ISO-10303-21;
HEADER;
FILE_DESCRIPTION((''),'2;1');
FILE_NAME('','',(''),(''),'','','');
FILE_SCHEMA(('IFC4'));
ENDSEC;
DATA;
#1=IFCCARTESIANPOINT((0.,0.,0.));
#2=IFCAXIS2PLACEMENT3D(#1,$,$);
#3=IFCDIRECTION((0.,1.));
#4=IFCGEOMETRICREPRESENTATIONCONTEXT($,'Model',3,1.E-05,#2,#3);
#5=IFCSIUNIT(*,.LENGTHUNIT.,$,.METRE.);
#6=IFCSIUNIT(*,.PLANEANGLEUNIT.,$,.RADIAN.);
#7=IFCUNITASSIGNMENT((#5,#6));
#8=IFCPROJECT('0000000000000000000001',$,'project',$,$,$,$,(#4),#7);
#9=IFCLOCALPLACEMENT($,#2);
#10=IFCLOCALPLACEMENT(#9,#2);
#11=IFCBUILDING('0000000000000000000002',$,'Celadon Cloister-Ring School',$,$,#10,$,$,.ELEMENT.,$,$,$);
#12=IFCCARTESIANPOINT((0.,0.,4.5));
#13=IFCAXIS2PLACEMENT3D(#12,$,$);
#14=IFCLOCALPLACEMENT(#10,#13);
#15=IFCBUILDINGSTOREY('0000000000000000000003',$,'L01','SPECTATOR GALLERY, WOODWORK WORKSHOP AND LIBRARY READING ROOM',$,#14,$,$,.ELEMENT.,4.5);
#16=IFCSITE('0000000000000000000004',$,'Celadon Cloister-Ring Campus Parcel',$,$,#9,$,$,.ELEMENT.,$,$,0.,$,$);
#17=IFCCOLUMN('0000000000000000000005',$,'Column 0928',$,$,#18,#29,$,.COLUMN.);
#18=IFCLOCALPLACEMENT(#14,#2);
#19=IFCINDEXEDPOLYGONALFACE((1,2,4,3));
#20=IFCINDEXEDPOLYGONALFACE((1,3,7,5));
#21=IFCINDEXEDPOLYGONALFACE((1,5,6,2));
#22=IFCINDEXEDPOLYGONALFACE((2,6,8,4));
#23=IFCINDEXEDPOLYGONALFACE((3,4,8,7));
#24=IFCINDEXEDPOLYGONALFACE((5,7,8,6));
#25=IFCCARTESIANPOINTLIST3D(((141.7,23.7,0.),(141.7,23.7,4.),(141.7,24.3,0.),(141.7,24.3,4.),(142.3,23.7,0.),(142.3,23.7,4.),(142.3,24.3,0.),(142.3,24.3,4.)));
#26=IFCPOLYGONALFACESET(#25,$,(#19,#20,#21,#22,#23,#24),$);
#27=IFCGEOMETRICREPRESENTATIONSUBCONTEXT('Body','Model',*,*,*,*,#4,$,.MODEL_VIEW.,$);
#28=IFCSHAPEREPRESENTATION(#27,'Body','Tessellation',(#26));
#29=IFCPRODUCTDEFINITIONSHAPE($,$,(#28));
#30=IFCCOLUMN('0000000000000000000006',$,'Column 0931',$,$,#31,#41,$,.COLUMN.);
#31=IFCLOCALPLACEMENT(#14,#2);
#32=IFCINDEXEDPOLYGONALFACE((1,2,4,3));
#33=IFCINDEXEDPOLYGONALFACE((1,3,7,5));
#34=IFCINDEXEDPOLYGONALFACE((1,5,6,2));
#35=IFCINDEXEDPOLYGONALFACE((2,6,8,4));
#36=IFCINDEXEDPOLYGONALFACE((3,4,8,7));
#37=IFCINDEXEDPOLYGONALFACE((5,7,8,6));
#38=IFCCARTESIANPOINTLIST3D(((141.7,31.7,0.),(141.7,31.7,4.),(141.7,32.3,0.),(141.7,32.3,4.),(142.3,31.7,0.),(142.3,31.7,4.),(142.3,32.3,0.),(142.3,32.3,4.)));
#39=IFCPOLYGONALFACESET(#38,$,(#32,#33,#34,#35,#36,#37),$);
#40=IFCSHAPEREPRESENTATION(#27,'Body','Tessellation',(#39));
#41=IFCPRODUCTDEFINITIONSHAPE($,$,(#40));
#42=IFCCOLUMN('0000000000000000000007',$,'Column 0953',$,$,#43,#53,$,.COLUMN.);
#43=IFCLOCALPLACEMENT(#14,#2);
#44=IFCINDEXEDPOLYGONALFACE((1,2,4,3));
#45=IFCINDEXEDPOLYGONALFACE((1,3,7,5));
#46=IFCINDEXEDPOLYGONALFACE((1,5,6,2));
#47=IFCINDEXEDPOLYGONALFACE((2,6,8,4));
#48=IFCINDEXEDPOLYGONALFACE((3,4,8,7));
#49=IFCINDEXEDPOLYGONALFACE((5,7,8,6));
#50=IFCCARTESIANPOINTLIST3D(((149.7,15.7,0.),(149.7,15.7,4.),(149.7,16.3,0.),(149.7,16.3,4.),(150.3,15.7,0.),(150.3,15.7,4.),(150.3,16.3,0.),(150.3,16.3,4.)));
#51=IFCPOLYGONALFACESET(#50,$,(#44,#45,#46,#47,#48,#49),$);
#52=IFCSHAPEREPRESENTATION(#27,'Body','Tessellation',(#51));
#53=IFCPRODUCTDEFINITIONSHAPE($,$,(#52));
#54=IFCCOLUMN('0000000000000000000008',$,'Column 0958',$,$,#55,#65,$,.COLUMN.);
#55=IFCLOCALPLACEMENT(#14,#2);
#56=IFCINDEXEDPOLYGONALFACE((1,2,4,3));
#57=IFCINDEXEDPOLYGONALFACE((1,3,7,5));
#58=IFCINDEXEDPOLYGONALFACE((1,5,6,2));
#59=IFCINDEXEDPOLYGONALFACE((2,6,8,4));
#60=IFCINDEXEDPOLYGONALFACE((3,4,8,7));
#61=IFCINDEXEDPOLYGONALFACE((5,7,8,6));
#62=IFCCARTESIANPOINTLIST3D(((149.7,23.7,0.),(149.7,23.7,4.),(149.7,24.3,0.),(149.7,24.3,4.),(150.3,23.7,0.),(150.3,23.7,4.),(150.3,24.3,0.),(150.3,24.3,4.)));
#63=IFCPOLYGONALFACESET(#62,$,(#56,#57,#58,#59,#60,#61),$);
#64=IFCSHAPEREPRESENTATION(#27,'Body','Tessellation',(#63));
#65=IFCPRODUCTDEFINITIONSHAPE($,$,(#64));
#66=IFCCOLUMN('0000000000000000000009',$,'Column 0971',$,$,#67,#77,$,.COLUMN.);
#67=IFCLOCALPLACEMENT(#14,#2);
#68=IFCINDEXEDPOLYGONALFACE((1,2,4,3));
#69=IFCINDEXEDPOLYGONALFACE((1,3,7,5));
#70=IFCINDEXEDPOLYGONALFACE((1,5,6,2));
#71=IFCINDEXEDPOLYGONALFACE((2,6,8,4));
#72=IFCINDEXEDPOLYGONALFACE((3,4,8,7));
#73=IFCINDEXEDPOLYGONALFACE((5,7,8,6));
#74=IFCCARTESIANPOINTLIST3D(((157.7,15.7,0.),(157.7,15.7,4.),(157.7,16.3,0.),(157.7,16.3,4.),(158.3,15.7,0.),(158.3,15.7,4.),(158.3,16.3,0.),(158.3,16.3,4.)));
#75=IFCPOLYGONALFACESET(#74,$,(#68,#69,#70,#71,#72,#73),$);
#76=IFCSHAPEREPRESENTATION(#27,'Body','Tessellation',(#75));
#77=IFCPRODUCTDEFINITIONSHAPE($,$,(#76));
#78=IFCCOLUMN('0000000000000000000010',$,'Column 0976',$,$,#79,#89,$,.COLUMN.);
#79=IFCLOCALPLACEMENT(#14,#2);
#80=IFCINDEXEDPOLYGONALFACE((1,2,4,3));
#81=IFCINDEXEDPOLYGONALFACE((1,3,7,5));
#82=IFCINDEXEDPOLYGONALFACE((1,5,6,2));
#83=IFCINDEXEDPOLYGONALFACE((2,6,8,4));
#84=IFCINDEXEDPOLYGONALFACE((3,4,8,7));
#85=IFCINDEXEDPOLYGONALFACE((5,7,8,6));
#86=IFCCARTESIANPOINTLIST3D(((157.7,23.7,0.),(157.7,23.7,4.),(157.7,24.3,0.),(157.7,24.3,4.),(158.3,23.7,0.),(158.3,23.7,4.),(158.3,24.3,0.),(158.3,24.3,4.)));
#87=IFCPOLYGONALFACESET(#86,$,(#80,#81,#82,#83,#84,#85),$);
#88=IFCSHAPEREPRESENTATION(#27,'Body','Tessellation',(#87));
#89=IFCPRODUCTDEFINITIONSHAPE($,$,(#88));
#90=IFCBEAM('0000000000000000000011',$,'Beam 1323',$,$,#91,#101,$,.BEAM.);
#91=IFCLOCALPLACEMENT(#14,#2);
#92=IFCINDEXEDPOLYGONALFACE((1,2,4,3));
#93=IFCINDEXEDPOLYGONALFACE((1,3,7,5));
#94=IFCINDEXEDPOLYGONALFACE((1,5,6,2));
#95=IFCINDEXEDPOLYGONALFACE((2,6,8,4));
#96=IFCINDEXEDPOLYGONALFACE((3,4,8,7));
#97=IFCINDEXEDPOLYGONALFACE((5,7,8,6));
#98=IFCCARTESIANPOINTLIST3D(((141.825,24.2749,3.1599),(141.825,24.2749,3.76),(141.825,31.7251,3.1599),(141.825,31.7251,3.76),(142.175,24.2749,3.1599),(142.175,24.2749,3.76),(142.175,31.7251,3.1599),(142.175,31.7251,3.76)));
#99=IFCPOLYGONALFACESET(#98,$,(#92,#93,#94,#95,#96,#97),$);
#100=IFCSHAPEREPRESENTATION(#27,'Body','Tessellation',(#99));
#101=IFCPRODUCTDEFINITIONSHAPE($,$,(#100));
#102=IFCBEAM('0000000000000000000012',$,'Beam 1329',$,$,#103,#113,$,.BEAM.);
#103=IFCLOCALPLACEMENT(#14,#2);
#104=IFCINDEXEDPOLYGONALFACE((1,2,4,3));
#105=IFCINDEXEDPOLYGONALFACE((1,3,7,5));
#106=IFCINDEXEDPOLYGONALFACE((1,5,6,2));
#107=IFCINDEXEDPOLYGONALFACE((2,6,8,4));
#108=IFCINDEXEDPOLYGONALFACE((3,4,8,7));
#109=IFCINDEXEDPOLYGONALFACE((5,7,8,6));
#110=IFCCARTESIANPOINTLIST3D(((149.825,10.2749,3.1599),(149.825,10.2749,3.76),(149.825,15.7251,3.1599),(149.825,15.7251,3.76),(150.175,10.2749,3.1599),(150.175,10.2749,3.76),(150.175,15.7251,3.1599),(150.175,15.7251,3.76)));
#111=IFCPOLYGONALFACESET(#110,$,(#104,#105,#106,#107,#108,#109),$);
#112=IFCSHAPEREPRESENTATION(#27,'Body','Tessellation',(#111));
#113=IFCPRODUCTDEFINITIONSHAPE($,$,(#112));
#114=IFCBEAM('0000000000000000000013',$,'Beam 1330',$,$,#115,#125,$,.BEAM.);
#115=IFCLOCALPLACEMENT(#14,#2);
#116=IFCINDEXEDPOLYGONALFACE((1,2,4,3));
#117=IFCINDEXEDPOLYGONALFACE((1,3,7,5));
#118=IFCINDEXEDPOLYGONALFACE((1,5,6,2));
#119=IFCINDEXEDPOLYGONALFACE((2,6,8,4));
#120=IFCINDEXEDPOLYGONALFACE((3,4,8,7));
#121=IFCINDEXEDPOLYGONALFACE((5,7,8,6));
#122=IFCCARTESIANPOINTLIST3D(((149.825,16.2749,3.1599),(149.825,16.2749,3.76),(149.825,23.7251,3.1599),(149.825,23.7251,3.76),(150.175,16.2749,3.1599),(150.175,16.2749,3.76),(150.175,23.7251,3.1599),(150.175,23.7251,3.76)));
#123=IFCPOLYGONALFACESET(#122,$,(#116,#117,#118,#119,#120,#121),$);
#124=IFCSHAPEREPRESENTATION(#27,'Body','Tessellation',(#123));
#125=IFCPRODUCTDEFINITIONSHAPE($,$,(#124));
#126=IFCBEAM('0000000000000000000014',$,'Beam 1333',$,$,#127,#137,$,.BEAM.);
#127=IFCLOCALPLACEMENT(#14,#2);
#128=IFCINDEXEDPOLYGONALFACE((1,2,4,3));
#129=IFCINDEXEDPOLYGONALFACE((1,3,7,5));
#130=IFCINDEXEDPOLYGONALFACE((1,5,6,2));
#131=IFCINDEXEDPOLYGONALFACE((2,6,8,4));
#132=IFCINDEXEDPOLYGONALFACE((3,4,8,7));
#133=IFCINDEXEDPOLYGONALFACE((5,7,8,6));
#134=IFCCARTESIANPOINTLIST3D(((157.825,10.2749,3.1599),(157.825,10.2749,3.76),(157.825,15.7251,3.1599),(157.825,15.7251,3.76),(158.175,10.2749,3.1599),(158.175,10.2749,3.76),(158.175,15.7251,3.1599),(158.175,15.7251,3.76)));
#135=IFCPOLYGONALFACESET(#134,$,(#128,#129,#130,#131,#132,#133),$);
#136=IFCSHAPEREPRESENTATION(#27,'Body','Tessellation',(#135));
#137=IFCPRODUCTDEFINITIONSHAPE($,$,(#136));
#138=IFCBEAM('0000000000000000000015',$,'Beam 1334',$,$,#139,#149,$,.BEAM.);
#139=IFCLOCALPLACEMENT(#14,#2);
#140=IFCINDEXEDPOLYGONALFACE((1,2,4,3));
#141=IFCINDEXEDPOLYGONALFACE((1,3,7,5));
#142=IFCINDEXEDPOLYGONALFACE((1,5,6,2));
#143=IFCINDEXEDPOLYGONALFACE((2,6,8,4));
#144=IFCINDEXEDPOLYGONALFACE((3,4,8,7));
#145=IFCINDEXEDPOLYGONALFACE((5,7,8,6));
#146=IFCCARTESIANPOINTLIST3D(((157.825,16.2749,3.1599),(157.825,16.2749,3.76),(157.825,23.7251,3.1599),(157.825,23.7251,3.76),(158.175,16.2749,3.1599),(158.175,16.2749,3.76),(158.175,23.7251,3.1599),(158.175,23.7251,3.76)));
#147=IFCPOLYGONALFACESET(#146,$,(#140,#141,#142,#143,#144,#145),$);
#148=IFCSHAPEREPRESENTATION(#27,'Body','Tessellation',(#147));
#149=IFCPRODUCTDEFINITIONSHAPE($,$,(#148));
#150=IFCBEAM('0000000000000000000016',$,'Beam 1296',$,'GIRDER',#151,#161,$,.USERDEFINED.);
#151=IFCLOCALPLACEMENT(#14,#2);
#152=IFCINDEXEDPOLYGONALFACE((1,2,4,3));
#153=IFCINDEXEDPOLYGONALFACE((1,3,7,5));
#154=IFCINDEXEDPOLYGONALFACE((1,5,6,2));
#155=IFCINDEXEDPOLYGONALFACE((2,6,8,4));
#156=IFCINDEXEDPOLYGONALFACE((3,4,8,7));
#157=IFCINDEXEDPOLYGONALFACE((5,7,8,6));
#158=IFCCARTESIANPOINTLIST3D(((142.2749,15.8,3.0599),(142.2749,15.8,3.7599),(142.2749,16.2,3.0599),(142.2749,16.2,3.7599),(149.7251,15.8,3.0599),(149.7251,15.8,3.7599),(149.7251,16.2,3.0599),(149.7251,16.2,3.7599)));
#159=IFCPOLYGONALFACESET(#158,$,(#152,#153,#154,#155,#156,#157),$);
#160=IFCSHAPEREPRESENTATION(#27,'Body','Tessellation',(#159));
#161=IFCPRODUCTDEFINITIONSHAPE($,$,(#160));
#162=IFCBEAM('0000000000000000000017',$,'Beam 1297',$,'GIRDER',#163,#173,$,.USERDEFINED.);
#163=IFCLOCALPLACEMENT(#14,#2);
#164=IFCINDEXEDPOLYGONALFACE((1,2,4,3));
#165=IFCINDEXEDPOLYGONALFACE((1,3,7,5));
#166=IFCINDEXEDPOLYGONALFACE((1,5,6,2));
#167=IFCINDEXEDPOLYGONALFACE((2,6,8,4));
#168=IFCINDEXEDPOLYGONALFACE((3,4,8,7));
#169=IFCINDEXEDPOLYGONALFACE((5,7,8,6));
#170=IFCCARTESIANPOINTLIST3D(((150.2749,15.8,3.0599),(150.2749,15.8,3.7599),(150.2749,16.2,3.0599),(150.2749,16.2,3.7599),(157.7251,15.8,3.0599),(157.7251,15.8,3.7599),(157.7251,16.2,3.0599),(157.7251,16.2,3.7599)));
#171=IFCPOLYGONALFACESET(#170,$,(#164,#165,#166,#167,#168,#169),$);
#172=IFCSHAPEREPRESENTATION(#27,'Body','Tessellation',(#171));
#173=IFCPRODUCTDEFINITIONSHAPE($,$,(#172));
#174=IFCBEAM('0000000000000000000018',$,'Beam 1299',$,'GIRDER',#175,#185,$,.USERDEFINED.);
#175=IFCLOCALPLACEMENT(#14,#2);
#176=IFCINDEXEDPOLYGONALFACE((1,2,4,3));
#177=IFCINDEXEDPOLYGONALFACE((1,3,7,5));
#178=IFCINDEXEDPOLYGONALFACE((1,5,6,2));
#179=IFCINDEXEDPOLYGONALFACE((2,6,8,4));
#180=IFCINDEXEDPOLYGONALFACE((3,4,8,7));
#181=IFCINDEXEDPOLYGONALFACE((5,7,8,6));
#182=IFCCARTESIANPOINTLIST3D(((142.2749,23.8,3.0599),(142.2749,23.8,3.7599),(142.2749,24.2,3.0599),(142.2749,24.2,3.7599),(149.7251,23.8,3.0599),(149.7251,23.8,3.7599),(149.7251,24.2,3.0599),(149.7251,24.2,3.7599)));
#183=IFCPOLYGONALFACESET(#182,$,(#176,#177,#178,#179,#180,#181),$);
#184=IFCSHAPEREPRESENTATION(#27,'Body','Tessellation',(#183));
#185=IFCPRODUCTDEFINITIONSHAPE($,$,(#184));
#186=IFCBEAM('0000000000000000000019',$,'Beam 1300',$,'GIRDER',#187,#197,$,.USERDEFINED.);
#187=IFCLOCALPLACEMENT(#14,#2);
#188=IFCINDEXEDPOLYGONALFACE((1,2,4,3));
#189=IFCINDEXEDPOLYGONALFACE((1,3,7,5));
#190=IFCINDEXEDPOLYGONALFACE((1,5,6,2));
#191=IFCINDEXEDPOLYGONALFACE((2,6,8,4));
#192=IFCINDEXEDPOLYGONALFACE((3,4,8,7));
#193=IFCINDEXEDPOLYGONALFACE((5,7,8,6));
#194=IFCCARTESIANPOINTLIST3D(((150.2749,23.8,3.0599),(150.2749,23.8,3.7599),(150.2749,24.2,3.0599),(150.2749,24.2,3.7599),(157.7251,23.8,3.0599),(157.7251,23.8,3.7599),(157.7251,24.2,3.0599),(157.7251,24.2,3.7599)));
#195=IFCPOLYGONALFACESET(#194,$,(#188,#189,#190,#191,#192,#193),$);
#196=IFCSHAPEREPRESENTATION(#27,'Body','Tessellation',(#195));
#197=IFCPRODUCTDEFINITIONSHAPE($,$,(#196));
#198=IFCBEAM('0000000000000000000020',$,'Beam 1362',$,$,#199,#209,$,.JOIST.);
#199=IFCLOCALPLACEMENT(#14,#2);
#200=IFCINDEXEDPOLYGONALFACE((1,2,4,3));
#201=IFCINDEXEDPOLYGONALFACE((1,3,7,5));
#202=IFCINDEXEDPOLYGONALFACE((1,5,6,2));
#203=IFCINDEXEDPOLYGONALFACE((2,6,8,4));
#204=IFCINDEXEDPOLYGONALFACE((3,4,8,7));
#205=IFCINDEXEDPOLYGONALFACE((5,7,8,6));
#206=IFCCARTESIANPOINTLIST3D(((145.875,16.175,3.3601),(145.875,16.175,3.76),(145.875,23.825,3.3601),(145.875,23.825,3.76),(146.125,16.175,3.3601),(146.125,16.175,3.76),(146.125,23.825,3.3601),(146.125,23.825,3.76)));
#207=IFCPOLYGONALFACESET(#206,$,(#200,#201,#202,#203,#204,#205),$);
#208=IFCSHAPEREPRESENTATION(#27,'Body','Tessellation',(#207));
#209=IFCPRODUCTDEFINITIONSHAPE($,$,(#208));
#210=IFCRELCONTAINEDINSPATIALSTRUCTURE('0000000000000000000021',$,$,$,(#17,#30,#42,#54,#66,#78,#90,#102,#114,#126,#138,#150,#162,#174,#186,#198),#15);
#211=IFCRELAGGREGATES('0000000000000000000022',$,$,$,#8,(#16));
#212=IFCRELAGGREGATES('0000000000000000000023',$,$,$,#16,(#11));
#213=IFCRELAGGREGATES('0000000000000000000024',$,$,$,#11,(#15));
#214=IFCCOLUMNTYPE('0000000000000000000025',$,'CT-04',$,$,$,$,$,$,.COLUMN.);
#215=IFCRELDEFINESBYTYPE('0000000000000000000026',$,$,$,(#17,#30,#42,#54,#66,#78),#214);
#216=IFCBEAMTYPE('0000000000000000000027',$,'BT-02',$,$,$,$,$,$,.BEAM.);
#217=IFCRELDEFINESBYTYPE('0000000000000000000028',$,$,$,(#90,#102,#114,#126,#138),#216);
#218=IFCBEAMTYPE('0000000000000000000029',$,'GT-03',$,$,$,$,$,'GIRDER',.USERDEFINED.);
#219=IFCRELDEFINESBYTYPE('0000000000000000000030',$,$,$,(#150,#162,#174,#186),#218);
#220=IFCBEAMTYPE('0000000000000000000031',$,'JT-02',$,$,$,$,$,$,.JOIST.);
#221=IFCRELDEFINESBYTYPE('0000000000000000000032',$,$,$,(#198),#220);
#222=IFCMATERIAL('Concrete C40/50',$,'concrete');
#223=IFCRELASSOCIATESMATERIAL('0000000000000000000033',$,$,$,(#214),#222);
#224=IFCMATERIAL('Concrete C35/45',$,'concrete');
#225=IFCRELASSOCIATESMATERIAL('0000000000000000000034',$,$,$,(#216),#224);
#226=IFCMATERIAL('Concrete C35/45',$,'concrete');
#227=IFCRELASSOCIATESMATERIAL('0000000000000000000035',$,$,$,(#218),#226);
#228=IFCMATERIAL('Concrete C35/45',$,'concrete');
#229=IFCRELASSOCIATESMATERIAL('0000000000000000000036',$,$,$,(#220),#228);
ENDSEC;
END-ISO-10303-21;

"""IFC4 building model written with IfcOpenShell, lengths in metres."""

from ifc_helpers import new_model, si_unit, direction, frame, origin, origin_2d, place, context, subcontext, project, spatial, rectangle, extrude, material, material_profile, profile_set, type_object, element, save


model = new_model("IFC4")

# Units and contexts
model_context = context("Model", 3, precision=1e-05, world=origin(), true_north=direction((0.0, 1.0)))
body_context = subcontext(model_context, "Body", "Model", "MODEL_VIEW")
ifc_project = project(units=[si_unit("LENGTHUNIT", "METRE"), si_unit("PLANEANGLEUNIT", "RADIAN")], contexts=[model_context])

# Site, building, storey
site_placement = place(None, origin())
site = spatial("IfcSite", under=ifc_project, at=site_placement, Name="Celadon Cloister-Ring Campus Parcel", CompositionType="ELEMENT", RefElevation=0.0)
building_placement = place(site_placement, origin())
building = spatial("IfcBuilding", under=site, at=building_placement, Name="Celadon Cloister-Ring School", CompositionType="ELEMENT")
storey_placement = place(building_placement, frame((0.0, 0.0, 4.5)))
storey = spatial("IfcBuildingStorey", under=building, at=storey_placement, Name="L01", Description="SPECTATOR GALLERY, WOODWORK WORKSHOP AND LIBRARY READING ROOM", CompositionType="ELEMENT", Elevation=4.5)

# Columns
ifc_material_1 = material(Name="Concrete C40/50", Category="concrete")
ifc_material_profile_1 = material_profile(ifc_material_1, rectangle(XDim=0.6001, YDim=0.6001, at=origin_2d()), Name="RC600X600")
ifc_profile_set_1 = profile_set([ifc_material_profile_1], Name="Concrete C40/50")
column_type = type_object("IfcColumnType", Name="CT-04", PredefinedType="COLUMN", material=ifc_profile_set_1)
for number, where, z_axis, x_axis, name in (
    (1, (142.0, 24.0, 0.0), (0.0, 0.0, 1.0), (1.0, 0.0, 0.0), "Column 0928"),
    (2, (142.0, 32.0, 0.0), (0.0, 0.0, 1.0), (1.0, 0.0, 0.0), "Column 0931"),
    (3, (150.0, 16.0, 0.0), (0.0, 0.0, 1.0), (1.0, 0.0, 0.0), "Column 0953"),
    (4, (150.0, 24.0, 0.0), (0.0, 0.0, 1.0), (1.0, 0.0, 0.0), "Column 0958"),
    (5, (158.0, 16.0, 0.0), (0.0, 0.0, 1.0), (1.0, 0.0, 0.0), "Column 0971"),
    (6, (158.0, 24.0, 0.0), (0.0, 0.0, 1.0), (1.0, 0.0, 0.0), "Column 0976"),
):
    element("IfcColumn", number, at=place(storey_placement, frame(where, z_axis=z_axis, x_axis=x_axis)), inside=storey, type_object=column_type, Name=name, PredefinedType="COLUMN", context=body_context, shape_type="SweptSolid", body=[
        extrude(rectangle(XDim=0.6001, YDim=0.6001, at=origin_2d()), origin(), (0.0, 0.0, 1.0), 4.0),
    ])

# Beams
ifc_material_2 = material(Name="Concrete C35/45", Category="concrete")
ifc_material_profile_2 = material_profile(ifc_material_2, rectangle(XDim=0.3501, YDim=0.6001, at=origin_2d()), Name="RC350X600")
ifc_profile_set_2 = profile_set([ifc_material_profile_2], Name="Concrete C35/45")
beam_type_1 = type_object("IfcBeamType", Name="BT-02", PredefinedType="BEAM", material=ifc_profile_set_2)
beam_1_placement = place(storey_placement, frame((142.0, 24.2749, 3.46), z_axis=(0.0, 1.0, 0.0), x_axis=(-1.0, 0.0, 0.0)))
element("IfcBeam", 7, at=beam_1_placement, inside=storey, type_object=beam_type_1, Name="Beam 1323", PredefinedType="BEAM", context=body_context, shape_type="SweptSolid", body=[
    extrude(rectangle(XDim=0.3501, YDim=0.6001, at=origin_2d()), origin(), (0.0, 0.0, 1.0), 7.4502),
])
beam_2_placement = place(storey_placement, frame((150.0, 10.2749, 3.46), z_axis=(0.0, 1.0, 0.0), x_axis=(-1.0, 0.0, 0.0)))
element("IfcBeam", 8, at=beam_2_placement, inside=storey, type_object=beam_type_1, Name="Beam 1329", PredefinedType="BEAM", context=body_context, shape_type="SweptSolid", body=[
    extrude(rectangle(XDim=0.3501, YDim=0.6001, at=origin_2d()), origin(), (0.0, 0.0, 1.0), 5.4502),
])
beam_3_placement = place(storey_placement, frame((150.0, 16.2749, 3.46), z_axis=(0.0, 1.0, 0.0), x_axis=(-1.0, 0.0, 0.0)))
element("IfcBeam", 9, at=beam_3_placement, inside=storey, type_object=beam_type_1, Name="Beam 1330", PredefinedType="BEAM", context=body_context, shape_type="SweptSolid", body=[
    extrude(rectangle(XDim=0.3501, YDim=0.6001, at=origin_2d()), origin(), (0.0, 0.0, 1.0), 7.4502),
])
beam_4_placement = place(storey_placement, frame((158.0, 10.2749, 3.46), z_axis=(0.0, 1.0, 0.0), x_axis=(-1.0, 0.0, 0.0)))
element("IfcBeam", 10, at=beam_4_placement, inside=storey, type_object=beam_type_1, Name="Beam 1333", PredefinedType="BEAM", context=body_context, shape_type="SweptSolid", body=[
    extrude(rectangle(XDim=0.3501, YDim=0.6001, at=origin_2d()), origin(), (0.0, 0.0, 1.0), 5.4502),
])
beam_5_placement = place(storey_placement, frame((158.0, 16.2749, 3.46), z_axis=(0.0, 1.0, 0.0), x_axis=(-1.0, 0.0, 0.0)))
element("IfcBeam", 11, at=beam_5_placement, inside=storey, type_object=beam_type_1, Name="Beam 1334", PredefinedType="BEAM", context=body_context, shape_type="SweptSolid", body=[
    extrude(rectangle(XDim=0.3501, YDim=0.6001, at=origin_2d()), origin(), (0.0, 0.0, 1.0), 7.4502),
])
ifc_material_3 = material(Name="Concrete C35/45", Category="concrete")
ifc_material_profile_3 = material_profile(ifc_material_3, rectangle(XDim=0.3999, YDim=0.7, at=origin_2d()), Name="RC400X700")
ifc_profile_set_3 = profile_set([ifc_material_profile_3], Name="Concrete C35/45")
beam_type_2 = type_object("IfcBeamType", Name="GT-03", ElementType="GIRDER", PredefinedType="USERDEFINED", material=ifc_profile_set_3)
for number, where, z_axis, x_axis, name in (
    (12, (142.2749, 16.0, 3.4099), (1.0, 0.0, 0.0), (0.0, 1.0, 0.0), "Beam 1296"),
    (13, (150.2749, 16.0, 3.4099), (1.0, 0.0, 0.0), (0.0, 1.0, 0.0), "Beam 1297"),
    (14, (142.2749, 24.0, 3.4099), (1.0, 0.0, 0.0), (0.0, 1.0, 0.0), "Beam 1299"),
    (15, (150.2749, 24.0, 3.4099), (1.0, 0.0, 0.0), (0.0, 1.0, 0.0), "Beam 1300"),
):
    element("IfcBeam", number, at=place(storey_placement, frame(where, z_axis=z_axis, x_axis=x_axis)), inside=storey, type_object=beam_type_2, Name=name, ObjectType="GIRDER", PredefinedType="USERDEFINED", context=body_context, shape_type="SweptSolid", body=[
        extrude(rectangle(XDim=0.3999, YDim=0.7, at=origin_2d()), origin(), (0.0, 0.0, 1.0), 7.4502),
    ])
ifc_material_4 = material(Name="Concrete C35/45", Category="concrete")
ifc_material_profile_4 = material_profile(ifc_material_4, rectangle(XDim=0.25, YDim=0.3999, at=origin_2d()), Name="RC250X400")
ifc_profile_set_4 = profile_set([ifc_material_profile_4], Name="Concrete C35/45")
beam_type_3 = type_object("IfcBeamType", Name="JT-02", PredefinedType="JOIST", material=ifc_profile_set_4)
beam_6_placement = place(storey_placement, frame((146.0, 16.175, 3.5601), z_axis=(0.0, 1.0, 0.0), x_axis=(-1.0, 0.0, 0.0)))
element("IfcBeam", 16, at=beam_6_placement, inside=storey, type_object=beam_type_3, Name="Beam 1362", PredefinedType="JOIST", context=body_context, shape_type="SweptSolid", body=[
    extrude(rectangle(XDim=0.25, YDim=0.3999, at=origin_2d()), origin(), (0.0, 0.0, 1.0), 7.6499),
])

save(model, "model.ifc")
